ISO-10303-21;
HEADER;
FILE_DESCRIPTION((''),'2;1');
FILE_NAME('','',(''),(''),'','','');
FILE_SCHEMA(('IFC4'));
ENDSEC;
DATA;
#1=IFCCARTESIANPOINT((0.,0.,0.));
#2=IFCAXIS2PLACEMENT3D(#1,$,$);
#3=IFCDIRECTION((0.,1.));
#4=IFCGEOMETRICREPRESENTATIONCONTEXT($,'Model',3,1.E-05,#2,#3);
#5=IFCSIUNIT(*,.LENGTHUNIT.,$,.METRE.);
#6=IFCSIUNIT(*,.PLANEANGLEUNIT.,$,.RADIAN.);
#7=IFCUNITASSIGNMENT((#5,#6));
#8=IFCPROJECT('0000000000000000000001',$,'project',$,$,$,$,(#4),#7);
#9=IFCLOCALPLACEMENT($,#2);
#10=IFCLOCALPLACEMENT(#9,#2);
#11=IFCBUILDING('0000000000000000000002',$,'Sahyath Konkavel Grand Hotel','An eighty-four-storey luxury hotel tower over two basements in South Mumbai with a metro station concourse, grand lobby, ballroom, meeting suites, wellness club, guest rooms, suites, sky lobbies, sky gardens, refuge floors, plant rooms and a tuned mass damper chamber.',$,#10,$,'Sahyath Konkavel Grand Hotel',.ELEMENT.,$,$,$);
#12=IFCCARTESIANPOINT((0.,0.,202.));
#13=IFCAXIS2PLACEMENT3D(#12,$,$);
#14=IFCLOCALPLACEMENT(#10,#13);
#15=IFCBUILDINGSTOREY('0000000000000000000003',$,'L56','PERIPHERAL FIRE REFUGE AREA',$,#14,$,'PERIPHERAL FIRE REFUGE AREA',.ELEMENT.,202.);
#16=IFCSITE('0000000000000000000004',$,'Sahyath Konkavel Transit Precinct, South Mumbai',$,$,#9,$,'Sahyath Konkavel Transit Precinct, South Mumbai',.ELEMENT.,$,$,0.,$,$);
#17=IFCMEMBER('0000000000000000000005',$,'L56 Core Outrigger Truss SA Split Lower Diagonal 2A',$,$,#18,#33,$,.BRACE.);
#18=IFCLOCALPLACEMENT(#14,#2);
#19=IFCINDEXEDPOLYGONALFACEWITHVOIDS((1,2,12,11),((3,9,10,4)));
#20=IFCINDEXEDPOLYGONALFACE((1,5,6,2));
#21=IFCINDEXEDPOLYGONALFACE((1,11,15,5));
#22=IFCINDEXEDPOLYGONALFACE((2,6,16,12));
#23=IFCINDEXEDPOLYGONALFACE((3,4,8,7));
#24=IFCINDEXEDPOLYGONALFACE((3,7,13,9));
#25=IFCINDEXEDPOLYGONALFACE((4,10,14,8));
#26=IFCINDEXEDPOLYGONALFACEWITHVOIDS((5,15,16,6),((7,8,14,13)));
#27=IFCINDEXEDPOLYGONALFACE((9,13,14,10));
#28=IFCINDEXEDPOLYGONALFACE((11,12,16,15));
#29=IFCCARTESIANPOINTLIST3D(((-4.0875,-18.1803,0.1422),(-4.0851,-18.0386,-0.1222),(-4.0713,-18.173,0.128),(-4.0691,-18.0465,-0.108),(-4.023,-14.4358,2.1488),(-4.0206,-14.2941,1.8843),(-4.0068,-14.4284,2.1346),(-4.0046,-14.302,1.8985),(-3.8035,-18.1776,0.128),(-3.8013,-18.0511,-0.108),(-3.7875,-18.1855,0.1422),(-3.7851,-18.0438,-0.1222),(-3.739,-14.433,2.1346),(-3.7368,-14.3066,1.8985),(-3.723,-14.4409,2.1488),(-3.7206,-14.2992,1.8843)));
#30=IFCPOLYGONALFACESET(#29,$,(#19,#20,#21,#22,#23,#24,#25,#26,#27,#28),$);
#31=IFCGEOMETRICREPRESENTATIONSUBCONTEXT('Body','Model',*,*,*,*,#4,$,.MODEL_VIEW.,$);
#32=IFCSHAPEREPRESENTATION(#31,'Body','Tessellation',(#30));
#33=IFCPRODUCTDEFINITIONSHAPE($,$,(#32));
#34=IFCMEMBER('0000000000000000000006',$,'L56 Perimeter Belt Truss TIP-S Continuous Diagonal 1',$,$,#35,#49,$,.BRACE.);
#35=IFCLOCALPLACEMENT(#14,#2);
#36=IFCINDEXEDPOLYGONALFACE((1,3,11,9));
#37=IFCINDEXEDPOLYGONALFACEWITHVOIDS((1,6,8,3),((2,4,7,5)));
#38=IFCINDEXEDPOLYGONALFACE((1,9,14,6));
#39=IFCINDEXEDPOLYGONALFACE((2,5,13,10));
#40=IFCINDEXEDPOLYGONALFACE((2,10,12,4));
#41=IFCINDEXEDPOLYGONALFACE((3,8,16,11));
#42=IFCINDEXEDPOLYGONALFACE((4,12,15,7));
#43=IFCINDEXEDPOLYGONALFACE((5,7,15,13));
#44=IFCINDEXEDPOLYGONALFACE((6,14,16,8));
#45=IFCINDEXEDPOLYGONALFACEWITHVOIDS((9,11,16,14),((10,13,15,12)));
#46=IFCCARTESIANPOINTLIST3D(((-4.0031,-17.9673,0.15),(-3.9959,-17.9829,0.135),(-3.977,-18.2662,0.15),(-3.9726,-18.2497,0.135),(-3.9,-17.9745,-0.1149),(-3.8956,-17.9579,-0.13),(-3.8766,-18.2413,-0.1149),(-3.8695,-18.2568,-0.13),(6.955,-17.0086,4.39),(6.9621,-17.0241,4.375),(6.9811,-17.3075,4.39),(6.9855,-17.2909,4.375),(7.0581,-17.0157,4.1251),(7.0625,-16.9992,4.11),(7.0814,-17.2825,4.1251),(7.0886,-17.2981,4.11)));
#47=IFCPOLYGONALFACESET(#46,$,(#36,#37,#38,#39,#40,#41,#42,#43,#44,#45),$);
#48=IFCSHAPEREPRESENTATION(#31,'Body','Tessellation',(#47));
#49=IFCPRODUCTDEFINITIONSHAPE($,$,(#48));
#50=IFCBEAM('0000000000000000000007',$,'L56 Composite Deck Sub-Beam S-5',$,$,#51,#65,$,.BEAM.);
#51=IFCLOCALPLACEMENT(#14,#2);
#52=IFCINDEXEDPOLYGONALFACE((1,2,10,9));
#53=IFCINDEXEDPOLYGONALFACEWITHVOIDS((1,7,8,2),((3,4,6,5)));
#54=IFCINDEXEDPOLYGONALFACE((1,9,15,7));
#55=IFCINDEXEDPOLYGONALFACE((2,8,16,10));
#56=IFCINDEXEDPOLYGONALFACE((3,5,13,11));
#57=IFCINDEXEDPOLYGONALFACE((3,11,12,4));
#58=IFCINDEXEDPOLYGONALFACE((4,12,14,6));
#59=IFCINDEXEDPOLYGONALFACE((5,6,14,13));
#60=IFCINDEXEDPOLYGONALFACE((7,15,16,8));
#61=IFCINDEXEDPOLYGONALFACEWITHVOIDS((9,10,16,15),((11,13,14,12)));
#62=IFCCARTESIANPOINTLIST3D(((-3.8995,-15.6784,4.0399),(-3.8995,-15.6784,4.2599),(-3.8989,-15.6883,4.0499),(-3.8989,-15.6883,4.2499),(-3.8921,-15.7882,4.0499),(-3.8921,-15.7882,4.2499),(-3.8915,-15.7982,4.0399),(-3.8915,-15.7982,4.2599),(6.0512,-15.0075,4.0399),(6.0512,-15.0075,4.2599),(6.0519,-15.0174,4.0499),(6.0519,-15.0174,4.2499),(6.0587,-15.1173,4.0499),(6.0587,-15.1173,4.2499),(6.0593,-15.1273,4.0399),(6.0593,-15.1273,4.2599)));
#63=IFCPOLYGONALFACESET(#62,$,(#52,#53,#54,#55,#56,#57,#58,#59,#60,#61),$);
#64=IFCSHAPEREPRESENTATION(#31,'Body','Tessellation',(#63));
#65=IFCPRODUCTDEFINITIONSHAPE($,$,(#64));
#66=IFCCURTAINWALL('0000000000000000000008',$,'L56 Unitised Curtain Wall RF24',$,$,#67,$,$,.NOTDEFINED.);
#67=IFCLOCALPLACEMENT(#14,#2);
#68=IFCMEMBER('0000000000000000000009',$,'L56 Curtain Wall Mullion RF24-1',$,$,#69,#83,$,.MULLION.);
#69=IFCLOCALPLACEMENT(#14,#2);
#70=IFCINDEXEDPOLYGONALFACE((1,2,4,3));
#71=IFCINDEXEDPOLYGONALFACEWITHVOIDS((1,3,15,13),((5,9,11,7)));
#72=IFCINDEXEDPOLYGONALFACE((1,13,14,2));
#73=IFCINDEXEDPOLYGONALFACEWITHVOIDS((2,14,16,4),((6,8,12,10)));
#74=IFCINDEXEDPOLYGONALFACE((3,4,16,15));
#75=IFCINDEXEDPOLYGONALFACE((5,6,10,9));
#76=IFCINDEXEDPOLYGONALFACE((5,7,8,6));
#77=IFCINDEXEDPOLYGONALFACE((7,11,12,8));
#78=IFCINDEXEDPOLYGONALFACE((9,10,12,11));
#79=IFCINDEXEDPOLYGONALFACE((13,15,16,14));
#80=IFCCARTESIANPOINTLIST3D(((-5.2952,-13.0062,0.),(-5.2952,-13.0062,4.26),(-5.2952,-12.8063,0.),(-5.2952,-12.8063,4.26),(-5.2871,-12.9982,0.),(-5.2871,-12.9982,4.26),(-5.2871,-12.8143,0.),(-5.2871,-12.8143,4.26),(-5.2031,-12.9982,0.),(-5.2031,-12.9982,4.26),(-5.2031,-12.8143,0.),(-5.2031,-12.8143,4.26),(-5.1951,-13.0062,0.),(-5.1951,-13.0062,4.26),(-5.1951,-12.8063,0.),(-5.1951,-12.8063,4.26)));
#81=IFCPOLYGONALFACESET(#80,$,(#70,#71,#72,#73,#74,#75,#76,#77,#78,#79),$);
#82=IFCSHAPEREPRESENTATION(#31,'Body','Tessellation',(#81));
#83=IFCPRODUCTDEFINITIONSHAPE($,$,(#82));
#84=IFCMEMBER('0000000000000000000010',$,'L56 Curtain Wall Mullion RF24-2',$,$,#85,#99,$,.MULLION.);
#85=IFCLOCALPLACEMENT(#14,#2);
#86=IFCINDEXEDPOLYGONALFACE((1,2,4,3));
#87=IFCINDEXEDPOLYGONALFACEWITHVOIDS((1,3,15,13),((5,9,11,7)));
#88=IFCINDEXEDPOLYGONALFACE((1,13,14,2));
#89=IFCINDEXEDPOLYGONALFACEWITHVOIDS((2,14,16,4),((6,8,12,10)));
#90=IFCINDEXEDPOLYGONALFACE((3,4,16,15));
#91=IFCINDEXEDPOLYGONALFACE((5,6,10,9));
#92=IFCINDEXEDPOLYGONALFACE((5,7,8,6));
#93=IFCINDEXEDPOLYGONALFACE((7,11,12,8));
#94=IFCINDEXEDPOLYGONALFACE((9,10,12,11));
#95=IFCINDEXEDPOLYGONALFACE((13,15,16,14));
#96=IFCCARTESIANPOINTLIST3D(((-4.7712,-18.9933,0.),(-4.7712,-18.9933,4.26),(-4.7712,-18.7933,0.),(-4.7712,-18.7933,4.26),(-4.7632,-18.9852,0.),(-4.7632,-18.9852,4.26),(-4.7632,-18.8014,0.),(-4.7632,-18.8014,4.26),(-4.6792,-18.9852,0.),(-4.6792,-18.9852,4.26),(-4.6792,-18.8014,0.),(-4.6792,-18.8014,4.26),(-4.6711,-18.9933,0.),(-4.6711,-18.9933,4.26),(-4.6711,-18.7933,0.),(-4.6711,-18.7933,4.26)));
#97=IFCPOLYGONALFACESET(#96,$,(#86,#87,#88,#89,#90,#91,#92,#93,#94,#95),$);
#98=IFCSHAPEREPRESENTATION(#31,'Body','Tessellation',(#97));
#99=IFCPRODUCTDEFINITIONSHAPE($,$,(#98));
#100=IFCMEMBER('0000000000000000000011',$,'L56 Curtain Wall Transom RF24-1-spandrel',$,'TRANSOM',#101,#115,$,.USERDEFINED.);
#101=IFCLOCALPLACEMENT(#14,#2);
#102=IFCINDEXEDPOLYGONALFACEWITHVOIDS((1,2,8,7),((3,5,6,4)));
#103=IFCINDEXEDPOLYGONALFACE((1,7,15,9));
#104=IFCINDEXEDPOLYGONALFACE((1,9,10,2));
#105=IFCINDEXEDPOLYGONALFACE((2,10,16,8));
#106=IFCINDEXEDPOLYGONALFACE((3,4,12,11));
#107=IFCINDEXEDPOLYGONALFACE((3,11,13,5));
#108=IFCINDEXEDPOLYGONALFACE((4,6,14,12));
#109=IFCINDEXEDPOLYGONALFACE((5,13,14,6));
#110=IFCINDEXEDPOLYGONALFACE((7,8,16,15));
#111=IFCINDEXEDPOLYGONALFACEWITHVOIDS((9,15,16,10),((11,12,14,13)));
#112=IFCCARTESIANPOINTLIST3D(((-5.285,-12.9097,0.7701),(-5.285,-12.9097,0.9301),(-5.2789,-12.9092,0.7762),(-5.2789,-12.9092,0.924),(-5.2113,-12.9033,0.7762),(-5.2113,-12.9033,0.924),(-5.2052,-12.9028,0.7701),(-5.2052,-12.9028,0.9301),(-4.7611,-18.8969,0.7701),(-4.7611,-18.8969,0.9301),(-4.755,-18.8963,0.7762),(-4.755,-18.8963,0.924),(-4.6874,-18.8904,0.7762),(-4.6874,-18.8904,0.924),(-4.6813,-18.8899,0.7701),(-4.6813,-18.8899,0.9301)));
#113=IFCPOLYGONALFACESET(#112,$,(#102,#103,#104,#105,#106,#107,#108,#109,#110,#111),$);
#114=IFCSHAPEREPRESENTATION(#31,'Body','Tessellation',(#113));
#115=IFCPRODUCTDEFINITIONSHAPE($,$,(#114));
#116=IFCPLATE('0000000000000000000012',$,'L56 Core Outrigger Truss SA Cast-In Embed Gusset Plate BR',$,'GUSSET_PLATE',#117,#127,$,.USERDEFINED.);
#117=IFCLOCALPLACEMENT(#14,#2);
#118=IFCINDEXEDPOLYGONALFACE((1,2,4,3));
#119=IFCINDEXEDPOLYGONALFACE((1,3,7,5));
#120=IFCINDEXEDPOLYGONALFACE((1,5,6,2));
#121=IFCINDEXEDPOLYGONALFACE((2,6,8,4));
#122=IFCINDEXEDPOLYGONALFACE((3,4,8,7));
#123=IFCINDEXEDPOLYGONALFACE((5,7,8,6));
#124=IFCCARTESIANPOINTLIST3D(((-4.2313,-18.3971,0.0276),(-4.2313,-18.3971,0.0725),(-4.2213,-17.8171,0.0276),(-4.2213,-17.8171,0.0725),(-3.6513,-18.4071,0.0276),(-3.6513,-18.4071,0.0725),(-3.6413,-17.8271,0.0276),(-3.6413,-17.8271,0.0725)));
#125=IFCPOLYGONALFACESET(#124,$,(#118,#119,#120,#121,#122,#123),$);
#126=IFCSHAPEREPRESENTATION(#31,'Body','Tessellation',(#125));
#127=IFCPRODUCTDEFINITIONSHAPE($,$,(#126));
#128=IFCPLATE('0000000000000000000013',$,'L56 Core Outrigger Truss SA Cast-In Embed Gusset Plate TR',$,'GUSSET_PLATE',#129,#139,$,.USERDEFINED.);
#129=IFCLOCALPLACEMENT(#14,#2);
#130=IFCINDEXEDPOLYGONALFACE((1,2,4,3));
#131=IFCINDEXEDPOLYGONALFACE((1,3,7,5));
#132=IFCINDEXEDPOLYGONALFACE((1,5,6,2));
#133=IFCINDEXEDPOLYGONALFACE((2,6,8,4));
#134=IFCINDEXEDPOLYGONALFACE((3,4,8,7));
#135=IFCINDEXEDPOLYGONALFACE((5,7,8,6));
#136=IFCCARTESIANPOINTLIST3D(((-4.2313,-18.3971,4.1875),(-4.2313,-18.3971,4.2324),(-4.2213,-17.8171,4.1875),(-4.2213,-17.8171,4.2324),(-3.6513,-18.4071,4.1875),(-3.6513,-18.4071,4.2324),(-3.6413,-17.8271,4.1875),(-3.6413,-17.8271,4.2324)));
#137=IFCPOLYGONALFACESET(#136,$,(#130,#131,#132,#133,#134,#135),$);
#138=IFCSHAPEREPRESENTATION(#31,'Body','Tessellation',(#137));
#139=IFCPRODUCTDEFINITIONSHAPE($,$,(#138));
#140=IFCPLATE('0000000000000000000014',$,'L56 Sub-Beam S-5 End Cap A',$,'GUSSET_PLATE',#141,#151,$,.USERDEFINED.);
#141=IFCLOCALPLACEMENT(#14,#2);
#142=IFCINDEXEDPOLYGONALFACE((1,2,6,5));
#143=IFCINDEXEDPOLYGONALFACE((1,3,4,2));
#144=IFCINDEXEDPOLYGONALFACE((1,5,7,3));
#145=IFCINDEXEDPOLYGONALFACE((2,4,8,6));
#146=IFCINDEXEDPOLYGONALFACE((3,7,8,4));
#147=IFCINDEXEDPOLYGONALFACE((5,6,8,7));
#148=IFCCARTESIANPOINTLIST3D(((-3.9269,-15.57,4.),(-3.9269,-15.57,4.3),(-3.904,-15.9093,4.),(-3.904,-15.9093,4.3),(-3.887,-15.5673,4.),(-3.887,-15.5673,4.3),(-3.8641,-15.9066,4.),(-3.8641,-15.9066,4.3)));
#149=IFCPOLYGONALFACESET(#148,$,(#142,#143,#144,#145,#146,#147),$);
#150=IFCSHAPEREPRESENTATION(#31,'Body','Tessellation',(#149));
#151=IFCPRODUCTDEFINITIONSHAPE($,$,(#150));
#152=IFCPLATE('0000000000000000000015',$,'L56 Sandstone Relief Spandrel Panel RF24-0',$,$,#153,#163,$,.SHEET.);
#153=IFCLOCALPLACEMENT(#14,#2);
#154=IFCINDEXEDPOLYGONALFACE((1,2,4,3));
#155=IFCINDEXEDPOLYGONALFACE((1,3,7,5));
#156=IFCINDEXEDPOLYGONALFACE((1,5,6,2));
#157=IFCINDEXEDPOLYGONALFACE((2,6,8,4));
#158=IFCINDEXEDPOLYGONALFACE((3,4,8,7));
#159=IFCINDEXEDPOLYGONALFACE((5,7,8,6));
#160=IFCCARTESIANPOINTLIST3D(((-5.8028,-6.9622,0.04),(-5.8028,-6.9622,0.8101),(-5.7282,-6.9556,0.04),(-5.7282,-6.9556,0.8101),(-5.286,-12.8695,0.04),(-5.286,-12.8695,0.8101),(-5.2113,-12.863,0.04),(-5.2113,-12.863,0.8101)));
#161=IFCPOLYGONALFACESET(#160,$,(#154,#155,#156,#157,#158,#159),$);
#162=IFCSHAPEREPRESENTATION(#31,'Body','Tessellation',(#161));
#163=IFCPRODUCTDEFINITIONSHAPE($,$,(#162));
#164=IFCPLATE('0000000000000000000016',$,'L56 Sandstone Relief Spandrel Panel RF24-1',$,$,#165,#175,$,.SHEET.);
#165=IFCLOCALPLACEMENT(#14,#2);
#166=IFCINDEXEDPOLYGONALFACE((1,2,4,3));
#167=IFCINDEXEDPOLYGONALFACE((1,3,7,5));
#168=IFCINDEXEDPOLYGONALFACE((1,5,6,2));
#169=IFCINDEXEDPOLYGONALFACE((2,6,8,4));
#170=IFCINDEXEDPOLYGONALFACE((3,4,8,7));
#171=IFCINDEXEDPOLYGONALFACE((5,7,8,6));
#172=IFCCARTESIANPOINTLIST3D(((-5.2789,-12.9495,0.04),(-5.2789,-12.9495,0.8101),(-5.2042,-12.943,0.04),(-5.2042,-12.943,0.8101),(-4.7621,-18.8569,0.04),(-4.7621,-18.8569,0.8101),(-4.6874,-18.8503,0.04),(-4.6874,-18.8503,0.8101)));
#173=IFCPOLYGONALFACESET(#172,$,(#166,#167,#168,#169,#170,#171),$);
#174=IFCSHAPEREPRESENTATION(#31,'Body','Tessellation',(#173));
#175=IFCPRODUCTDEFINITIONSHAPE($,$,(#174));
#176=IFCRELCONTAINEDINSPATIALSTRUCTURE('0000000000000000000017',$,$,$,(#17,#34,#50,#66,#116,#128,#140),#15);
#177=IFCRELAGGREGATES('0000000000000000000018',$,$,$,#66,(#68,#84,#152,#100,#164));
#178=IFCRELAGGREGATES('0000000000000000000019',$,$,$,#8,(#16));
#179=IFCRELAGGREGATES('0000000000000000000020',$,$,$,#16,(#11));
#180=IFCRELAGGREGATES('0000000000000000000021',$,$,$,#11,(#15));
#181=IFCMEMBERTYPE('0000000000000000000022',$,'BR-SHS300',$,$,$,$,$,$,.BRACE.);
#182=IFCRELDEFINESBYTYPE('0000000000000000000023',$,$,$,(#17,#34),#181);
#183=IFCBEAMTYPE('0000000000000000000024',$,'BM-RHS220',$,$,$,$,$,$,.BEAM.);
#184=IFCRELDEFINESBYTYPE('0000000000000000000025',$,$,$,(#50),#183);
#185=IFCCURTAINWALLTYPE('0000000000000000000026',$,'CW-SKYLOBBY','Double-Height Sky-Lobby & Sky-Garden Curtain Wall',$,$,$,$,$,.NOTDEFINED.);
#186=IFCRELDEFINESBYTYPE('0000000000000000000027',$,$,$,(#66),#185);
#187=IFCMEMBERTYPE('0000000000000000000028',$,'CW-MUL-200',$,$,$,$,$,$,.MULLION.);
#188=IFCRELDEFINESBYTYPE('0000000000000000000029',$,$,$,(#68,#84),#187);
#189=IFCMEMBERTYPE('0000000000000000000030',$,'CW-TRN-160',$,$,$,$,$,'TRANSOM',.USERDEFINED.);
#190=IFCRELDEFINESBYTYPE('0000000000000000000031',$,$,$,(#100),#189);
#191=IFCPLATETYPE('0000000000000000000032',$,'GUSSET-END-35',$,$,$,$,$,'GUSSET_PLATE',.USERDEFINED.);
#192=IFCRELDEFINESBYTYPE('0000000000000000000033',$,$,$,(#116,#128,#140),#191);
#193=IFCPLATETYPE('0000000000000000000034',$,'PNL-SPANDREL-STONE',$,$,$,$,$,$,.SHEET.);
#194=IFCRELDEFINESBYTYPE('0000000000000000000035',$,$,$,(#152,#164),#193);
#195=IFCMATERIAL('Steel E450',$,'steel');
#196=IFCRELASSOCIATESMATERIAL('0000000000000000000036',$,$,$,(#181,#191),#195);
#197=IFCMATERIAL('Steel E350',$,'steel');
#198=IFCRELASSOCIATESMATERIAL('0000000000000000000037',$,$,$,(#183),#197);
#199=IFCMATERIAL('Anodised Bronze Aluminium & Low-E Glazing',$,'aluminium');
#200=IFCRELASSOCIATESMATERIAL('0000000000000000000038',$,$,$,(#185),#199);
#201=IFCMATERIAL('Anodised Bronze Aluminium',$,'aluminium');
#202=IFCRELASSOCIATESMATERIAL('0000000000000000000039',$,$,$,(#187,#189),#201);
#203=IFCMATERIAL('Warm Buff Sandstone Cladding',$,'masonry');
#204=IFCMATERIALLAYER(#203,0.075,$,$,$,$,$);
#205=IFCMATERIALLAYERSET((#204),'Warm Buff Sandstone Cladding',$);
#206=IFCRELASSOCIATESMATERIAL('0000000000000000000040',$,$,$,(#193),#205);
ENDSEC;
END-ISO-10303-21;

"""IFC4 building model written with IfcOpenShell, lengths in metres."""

from ifc_helpers import new_model, si_unit, direction, frame, origin, origin_2d, place, context, subcontext, project, spatial, rectangle, hollow_rectangle, extrude, source, transform, mapped, material, layer, layer_set, material_profile, profile_set, type_object, element, aggregate, save


model = new_model("IFC4")

# Units and contexts
model_context = context("Model", 3, precision=1e-05, world=origin(), true_north=direction((0.0, 1.0)))
body_context = subcontext(model_context, "Body", "Model", "MODEL_VIEW")
ifc_project = project(units=[si_unit("LENGTHUNIT", "METRE"), si_unit("PLANEANGLEUNIT", "RADIAN")], contexts=[model_context])

# Site, building, storey
site_placement = place(None, origin())
site = spatial("IfcSite", under=ifc_project, at=site_placement, Name="Sahyath Konkavel Transit Precinct, South Mumbai", LongName="Sahyath Konkavel Transit Precinct, South Mumbai", CompositionType="ELEMENT", RefElevation=0.0)
building_placement = place(site_placement, origin())
building = spatial("IfcBuilding", under=site, at=building_placement, Name="Sahyath Konkavel Grand Hotel", Description="An eighty-four-storey luxury hotel tower over two basements in South Mumbai with a metro station concourse, grand lobby, ballroom, meeting suites, wellness club, guest rooms, suites, sky lobbies, sky gardens, refuge floors, plant rooms and a tuned mass damper chamber.", LongName="Sahyath Konkavel Grand Hotel", CompositionType="ELEMENT")
storey_placement = place(building_placement, frame((0.0, 0.0, 202.0)))
storey = spatial("IfcBuildingStorey", under=building, at=storey_placement, Name="L56", Description="PERIPHERAL FIRE REFUGE AREA", LongName="PERIPHERAL FIRE REFUGE AREA", CompositionType="ELEMENT", Elevation=202.0)

# Shared definitions
ifc_material_1 = material(Name="Steel E450", Category="steel")

# Shared definitions
ifc_material_2 = material(Name="Steel E350", Category="steel")

# Members
ifc_material_profile_1 = material_profile(ifc_material_1, hollow_rectangle(XDim=0.3, YDim=0.3, WallThickness=0.0161, at=origin_2d()), Name="SHS 300x300x16")
ifc_profile_set_1 = profile_set([ifc_material_profile_1], Name="Steel E450")
member_type_1 = type_object("IfcMemberType", Name="BR-SHS300", PredefinedType="BRACE", material=ifc_profile_set_1)
shared_shape_1 = source(origin(), body_context, "Body", "SweptSolid", [
    extrude(hollow_rectangle(XDim=0.3, YDim=0.3, WallThickness=0.0161, at=origin_2d()), origin(), (0.0, 0.0, 1.0), 4.2488),
])
member_1_placement = place(storey_placement, frame((-3.9363, -18.1121, 0.01), z_axis=(0.01517, 0.881326, 0.472266), x_axis=(-0.999852, 0.01721, 0.0)))
element("IfcMember", 1, at=member_1_placement, inside=storey, type_object=member_type_1, Name="L56 Core Outrigger Truss SA Split Lower Diagonal 2A", PredefinedType="BRACE", context=body_context, shape_type="MappedRepresentation", body=[
    mapped(shared_shape_1, transform((0.0, 0.0, 0.0), scale=1.0)),
])
shared_shape_2 = source(origin(), body_context, "Body", "SweptSolid", [
    extrude(hollow_rectangle(XDim=0.3, YDim=0.3, WallThickness=0.0161, at=origin_2d()), origin(), (0.0, 0.0, 1.0), 11.7888),
])
member_2_placement = place(storey_placement, frame((-3.9363, -18.1121, 0.01), z_axis=(0.929531, 0.081327, 0.359664), x_axis=(-0.087159, 0.996194, 0.0)))
element("IfcMember", 2, at=member_2_placement, inside=storey, type_object=member_type_1, Name="L56 Perimeter Belt Truss TIP-S Continuous Diagonal 1", PredefinedType="BRACE", context=body_context, shape_type="MappedRepresentation", body=[
    mapped(shared_shape_2, transform((0.0, 0.0, 0.0), scale=1.0)),
])

# Beam
ifc_material_profile_2 = material_profile(ifc_material_2, hollow_rectangle(XDim=0.1201, YDim=0.22, WallThickness=0.01, at=origin_2d()), Name="RHS 220x120x10")
ifc_profile_set_2 = profile_set([ifc_material_profile_2], Name="Steel E350")
beam_type_1 = type_object("IfcBeamType", Name="BM-RHS220", PredefinedType="BEAM", material=ifc_profile_set_2)
shared_shape_3 = source(origin(), body_context, "Body", "SweptSolid", [
    extrude(hollow_rectangle(XDim=0.1201, YDim=0.22, WallThickness=0.01, at=origin_2d()), origin(), (0.0, 0.0, 1.0), 9.9734),
])
beam_1_placement = place(storey_placement, frame((-3.8955, -15.7383, 4.1499), z_axis=(0.997735, 0.06727, 0.0), x_axis=(-0.06727, 0.997735, 0.0)))
element("IfcBeam", 3, at=beam_1_placement, inside=storey, type_object=beam_type_1, Name="L56 Composite Deck Sub-Beam S-5", PredefinedType="BEAM", context=body_context, shape_type="MappedRepresentation", body=[
    mapped(shared_shape_3, transform((0.0, 0.0, 0.0), scale=1.0)),
])

# Curtain wall, members
ifc_material_3 = material(Name="Anodised Bronze Aluminium & Low-E Glazing", Category="aluminium")
curtain_wall_type = type_object("IfcCurtainWallType", Name="CW-SKYLOBBY", Description="Double-Height Sky-Lobby & Sky-Garden Curtain Wall", PredefinedType="NOTDEFINED", material=ifc_material_3)
curtain_wall_placement = place(storey_placement, origin())
curtain_wall = element("IfcCurtainWall", 4, at=curtain_wall_placement, inside=storey, type_object=curtain_wall_type, Name="L56 Unitised Curtain Wall RF24", PredefinedType="NOTDEFINED")
ifc_material_4 = material(Name="Anodised Bronze Aluminium", Category="aluminium")
ifc_material_profile_3 = material_profile(ifc_material_4, hollow_rectangle(XDim=0.1001, YDim=0.2, WallThickness=0.0081, at=origin_2d()), Name="RHS 200x100x8")
ifc_profile_set_3 = profile_set([ifc_material_profile_3], Name="Anodised Bronze Aluminium")
member_type_2 = type_object("IfcMemberType", Name="CW-MUL-200", PredefinedType="MULLION", material=ifc_profile_set_3)
shared_shape_4 = source(origin(), body_context, "Body", "SweptSolid", [
    extrude(hollow_rectangle(XDim=0.1001, YDim=0.2, WallThickness=0.0081, at=origin_2d()), origin(), (0.0, 0.0, 1.0), 4.26),
])
member_3_placement = place(storey_placement, frame((-5.2451, -12.9062, 0.0), z_axis=(0.0, 0.0, 1.0), x_axis=(1.0, 0.0, 0.0)))
member_3 = element("IfcMember", 5, at=member_3_placement, type_object=member_type_2, Name="L56 Curtain Wall Mullion RF24-1", PredefinedType="MULLION", context=body_context, shape_type="MappedRepresentation", body=[
    mapped(shared_shape_4, transform((0.0, 0.0, 0.0), scale=1.0)),
])
member_4_placement = place(storey_placement, frame((-4.7212, -18.8933, 0.0), z_axis=(0.0, 0.0, 1.0), x_axis=(1.0, 0.0, 0.0)))
member_4 = element("IfcMember", 6, at=member_4_placement, type_object=member_type_2, Name="L56 Curtain Wall Mullion RF24-2", PredefinedType="MULLION", context=body_context, shape_type="MappedRepresentation", body=[
    mapped(shared_shape_4, transform((0.0, 0.0, 0.0), scale=1.0)),
])
ifc_material_profile_4 = material_profile(ifc_material_4, hollow_rectangle(XDim=0.0801, YDim=0.1599, WallThickness=0.0061, at=origin_2d()), Name="RHS 160x80x6")
ifc_profile_set_4 = profile_set([ifc_material_profile_4], Name="Anodised Bronze Aluminium")
member_type_3 = type_object("IfcMemberType", Name="CW-TRN-160", ElementType="TRANSOM", PredefinedType="USERDEFINED", material=ifc_profile_set_4)
shared_shape_5 = source(origin(), body_context, "Body", "SweptSolid", [
    extrude(hollow_rectangle(XDim=0.0801, YDim=0.1599, WallThickness=0.0061, at=origin_2d()), origin(), (0.0, 0.0, 1.0), 6.01),
])
member_5_placement = place(storey_placement, frame((-5.2451, -12.9062, 0.8501), z_axis=(0.087177, -0.996193, 0.0), x_axis=(0.996193, 0.087177, 0.0)))
member_5 = element("IfcMember", 7, at=member_5_placement, type_object=member_type_3, Name="L56 Curtain Wall Transom RF24-1-spandrel", ObjectType="TRANSOM", PredefinedType="USERDEFINED", context=body_context, shape_type="MappedRepresentation", body=[
    mapped(shared_shape_5, transform((0.0, 0.0, 0.0), scale=1.0)),
])

# Plates
plate_type_1 = type_object("IfcPlateType", Name="GUSSET-END-35", ElementType="GUSSET_PLATE", PredefinedType="USERDEFINED", material=ifc_material_1)
shared_shape_6 = source(origin(), body_context, "Body", "SweptSolid", [
    extrude(rectangle(XDim=0.5801, YDim=0.5801, at=origin_2d()), origin(), (0.0, 0.0, 1.0), 0.0449),
])
for number, where, z_axis, x_axis, name in (
    (8, (-3.9363, -18.1121, 0.0276), (0.0, 0.0, 1.0), (-0.017243, -0.999851, 0.0), "L56 Core Outrigger Truss SA Cast-In Embed Gusset Plate BR"),
    (9, (-3.9363, -18.1121, 4.1875), (0.0, 0.0, 1.0), (-0.017243, -0.999851, 0.0), "L56 Core Outrigger Truss SA Cast-In Embed Gusset Plate TR"),
):
    element("IfcPlate", number, at=place(storey_placement, frame(where, z_axis=z_axis, x_axis=x_axis)), inside=storey, type_object=plate_type_1, Name=name, ObjectType="GUSSET_PLATE", PredefinedType="USERDEFINED", context=body_context, shape_type="MappedRepresentation", body=[
        mapped(shared_shape_6, transform((0.0, 0.0, 0.0), scale=1.0)),
    ])
shared_shape_7 = source(origin(), body_context, "Body", "SweptSolid", [
    extrude(rectangle(XDim=0.04, YDim=0.3401, at=origin_2d()), origin(), (0.0, 0.0, 1.0), 0.3),
])
plate_1_placement = place(storey_placement, frame((-3.8955, -15.7383, 4.0), z_axis=(0.0, 0.0, 1.0), x_axis=(0.997734, 0.067284, 0.0)))
element("IfcPlate", 10, at=plate_1_placement, inside=storey, type_object=plate_type_1, Name="L56 Sub-Beam S-5 End Cap A", ObjectType="GUSSET_PLATE", PredefinedType="USERDEFINED", context=body_context, shape_type="MappedRepresentation", body=[
    mapped(shared_shape_7, transform((0.0, 0.0, 0.0), scale=1.0)),
])

# Plates
ifc_material_5 = material(Name="Warm Buff Sandstone Cladding", Category="masonry")
ifc_layer_1 = layer(ifc_material_5, 0.075)
ifc_layer_set_1 = layer_set([ifc_layer_1], Name="Warm Buff Sandstone Cladding")
plate_type_2 = type_object("IfcPlateType", Name="PNL-SPANDREL-STONE", PredefinedType="SHEET", material=ifc_layer_set_1)
shared_shape_8 = source(origin(), body_context, "Body", "SweptSolid", [
    extrude(rectangle(XDim=5.9299, YDim=0.075, at=origin_2d()), origin(), (0.0, 0.0, 1.0), 0.77),
])
plate_2_placement = place(storey_placement, frame((-5.5071, -9.9126, 0.04), z_axis=(0.0, 0.0, 1.0), x_axis=(0.087156, -0.996195, 0.0)))
plate_2 = element("IfcPlate", 11, at=plate_2_placement, type_object=plate_type_2, Name="L56 Sandstone Relief Spandrel Panel RF24-0", PredefinedType="SHEET", context=body_context, shape_type="MappedRepresentation", body=[
    mapped(shared_shape_8, transform((0.0, 0.0, 0.0), scale=1.0)),
])
plate_3_placement = place(storey_placement, frame((-4.9832, -15.8999, 0.04), z_axis=(0.0, 0.0, 1.0), x_axis=(0.087156, -0.996195, 0.0)))
plate_3 = element("IfcPlate", 12, at=plate_3_placement, type_object=plate_type_2, Name="L56 Sandstone Relief Spandrel Panel RF24-1", PredefinedType="SHEET", context=body_context, shape_type="MappedRepresentation", body=[
    mapped(shared_shape_8, transform((0.0, 0.0, 0.0), scale=1.0)),
])
aggregate(curtain_wall, [member_3, member_4, plate_2, member_5, plate_3])

save(model, "model.ifc")
